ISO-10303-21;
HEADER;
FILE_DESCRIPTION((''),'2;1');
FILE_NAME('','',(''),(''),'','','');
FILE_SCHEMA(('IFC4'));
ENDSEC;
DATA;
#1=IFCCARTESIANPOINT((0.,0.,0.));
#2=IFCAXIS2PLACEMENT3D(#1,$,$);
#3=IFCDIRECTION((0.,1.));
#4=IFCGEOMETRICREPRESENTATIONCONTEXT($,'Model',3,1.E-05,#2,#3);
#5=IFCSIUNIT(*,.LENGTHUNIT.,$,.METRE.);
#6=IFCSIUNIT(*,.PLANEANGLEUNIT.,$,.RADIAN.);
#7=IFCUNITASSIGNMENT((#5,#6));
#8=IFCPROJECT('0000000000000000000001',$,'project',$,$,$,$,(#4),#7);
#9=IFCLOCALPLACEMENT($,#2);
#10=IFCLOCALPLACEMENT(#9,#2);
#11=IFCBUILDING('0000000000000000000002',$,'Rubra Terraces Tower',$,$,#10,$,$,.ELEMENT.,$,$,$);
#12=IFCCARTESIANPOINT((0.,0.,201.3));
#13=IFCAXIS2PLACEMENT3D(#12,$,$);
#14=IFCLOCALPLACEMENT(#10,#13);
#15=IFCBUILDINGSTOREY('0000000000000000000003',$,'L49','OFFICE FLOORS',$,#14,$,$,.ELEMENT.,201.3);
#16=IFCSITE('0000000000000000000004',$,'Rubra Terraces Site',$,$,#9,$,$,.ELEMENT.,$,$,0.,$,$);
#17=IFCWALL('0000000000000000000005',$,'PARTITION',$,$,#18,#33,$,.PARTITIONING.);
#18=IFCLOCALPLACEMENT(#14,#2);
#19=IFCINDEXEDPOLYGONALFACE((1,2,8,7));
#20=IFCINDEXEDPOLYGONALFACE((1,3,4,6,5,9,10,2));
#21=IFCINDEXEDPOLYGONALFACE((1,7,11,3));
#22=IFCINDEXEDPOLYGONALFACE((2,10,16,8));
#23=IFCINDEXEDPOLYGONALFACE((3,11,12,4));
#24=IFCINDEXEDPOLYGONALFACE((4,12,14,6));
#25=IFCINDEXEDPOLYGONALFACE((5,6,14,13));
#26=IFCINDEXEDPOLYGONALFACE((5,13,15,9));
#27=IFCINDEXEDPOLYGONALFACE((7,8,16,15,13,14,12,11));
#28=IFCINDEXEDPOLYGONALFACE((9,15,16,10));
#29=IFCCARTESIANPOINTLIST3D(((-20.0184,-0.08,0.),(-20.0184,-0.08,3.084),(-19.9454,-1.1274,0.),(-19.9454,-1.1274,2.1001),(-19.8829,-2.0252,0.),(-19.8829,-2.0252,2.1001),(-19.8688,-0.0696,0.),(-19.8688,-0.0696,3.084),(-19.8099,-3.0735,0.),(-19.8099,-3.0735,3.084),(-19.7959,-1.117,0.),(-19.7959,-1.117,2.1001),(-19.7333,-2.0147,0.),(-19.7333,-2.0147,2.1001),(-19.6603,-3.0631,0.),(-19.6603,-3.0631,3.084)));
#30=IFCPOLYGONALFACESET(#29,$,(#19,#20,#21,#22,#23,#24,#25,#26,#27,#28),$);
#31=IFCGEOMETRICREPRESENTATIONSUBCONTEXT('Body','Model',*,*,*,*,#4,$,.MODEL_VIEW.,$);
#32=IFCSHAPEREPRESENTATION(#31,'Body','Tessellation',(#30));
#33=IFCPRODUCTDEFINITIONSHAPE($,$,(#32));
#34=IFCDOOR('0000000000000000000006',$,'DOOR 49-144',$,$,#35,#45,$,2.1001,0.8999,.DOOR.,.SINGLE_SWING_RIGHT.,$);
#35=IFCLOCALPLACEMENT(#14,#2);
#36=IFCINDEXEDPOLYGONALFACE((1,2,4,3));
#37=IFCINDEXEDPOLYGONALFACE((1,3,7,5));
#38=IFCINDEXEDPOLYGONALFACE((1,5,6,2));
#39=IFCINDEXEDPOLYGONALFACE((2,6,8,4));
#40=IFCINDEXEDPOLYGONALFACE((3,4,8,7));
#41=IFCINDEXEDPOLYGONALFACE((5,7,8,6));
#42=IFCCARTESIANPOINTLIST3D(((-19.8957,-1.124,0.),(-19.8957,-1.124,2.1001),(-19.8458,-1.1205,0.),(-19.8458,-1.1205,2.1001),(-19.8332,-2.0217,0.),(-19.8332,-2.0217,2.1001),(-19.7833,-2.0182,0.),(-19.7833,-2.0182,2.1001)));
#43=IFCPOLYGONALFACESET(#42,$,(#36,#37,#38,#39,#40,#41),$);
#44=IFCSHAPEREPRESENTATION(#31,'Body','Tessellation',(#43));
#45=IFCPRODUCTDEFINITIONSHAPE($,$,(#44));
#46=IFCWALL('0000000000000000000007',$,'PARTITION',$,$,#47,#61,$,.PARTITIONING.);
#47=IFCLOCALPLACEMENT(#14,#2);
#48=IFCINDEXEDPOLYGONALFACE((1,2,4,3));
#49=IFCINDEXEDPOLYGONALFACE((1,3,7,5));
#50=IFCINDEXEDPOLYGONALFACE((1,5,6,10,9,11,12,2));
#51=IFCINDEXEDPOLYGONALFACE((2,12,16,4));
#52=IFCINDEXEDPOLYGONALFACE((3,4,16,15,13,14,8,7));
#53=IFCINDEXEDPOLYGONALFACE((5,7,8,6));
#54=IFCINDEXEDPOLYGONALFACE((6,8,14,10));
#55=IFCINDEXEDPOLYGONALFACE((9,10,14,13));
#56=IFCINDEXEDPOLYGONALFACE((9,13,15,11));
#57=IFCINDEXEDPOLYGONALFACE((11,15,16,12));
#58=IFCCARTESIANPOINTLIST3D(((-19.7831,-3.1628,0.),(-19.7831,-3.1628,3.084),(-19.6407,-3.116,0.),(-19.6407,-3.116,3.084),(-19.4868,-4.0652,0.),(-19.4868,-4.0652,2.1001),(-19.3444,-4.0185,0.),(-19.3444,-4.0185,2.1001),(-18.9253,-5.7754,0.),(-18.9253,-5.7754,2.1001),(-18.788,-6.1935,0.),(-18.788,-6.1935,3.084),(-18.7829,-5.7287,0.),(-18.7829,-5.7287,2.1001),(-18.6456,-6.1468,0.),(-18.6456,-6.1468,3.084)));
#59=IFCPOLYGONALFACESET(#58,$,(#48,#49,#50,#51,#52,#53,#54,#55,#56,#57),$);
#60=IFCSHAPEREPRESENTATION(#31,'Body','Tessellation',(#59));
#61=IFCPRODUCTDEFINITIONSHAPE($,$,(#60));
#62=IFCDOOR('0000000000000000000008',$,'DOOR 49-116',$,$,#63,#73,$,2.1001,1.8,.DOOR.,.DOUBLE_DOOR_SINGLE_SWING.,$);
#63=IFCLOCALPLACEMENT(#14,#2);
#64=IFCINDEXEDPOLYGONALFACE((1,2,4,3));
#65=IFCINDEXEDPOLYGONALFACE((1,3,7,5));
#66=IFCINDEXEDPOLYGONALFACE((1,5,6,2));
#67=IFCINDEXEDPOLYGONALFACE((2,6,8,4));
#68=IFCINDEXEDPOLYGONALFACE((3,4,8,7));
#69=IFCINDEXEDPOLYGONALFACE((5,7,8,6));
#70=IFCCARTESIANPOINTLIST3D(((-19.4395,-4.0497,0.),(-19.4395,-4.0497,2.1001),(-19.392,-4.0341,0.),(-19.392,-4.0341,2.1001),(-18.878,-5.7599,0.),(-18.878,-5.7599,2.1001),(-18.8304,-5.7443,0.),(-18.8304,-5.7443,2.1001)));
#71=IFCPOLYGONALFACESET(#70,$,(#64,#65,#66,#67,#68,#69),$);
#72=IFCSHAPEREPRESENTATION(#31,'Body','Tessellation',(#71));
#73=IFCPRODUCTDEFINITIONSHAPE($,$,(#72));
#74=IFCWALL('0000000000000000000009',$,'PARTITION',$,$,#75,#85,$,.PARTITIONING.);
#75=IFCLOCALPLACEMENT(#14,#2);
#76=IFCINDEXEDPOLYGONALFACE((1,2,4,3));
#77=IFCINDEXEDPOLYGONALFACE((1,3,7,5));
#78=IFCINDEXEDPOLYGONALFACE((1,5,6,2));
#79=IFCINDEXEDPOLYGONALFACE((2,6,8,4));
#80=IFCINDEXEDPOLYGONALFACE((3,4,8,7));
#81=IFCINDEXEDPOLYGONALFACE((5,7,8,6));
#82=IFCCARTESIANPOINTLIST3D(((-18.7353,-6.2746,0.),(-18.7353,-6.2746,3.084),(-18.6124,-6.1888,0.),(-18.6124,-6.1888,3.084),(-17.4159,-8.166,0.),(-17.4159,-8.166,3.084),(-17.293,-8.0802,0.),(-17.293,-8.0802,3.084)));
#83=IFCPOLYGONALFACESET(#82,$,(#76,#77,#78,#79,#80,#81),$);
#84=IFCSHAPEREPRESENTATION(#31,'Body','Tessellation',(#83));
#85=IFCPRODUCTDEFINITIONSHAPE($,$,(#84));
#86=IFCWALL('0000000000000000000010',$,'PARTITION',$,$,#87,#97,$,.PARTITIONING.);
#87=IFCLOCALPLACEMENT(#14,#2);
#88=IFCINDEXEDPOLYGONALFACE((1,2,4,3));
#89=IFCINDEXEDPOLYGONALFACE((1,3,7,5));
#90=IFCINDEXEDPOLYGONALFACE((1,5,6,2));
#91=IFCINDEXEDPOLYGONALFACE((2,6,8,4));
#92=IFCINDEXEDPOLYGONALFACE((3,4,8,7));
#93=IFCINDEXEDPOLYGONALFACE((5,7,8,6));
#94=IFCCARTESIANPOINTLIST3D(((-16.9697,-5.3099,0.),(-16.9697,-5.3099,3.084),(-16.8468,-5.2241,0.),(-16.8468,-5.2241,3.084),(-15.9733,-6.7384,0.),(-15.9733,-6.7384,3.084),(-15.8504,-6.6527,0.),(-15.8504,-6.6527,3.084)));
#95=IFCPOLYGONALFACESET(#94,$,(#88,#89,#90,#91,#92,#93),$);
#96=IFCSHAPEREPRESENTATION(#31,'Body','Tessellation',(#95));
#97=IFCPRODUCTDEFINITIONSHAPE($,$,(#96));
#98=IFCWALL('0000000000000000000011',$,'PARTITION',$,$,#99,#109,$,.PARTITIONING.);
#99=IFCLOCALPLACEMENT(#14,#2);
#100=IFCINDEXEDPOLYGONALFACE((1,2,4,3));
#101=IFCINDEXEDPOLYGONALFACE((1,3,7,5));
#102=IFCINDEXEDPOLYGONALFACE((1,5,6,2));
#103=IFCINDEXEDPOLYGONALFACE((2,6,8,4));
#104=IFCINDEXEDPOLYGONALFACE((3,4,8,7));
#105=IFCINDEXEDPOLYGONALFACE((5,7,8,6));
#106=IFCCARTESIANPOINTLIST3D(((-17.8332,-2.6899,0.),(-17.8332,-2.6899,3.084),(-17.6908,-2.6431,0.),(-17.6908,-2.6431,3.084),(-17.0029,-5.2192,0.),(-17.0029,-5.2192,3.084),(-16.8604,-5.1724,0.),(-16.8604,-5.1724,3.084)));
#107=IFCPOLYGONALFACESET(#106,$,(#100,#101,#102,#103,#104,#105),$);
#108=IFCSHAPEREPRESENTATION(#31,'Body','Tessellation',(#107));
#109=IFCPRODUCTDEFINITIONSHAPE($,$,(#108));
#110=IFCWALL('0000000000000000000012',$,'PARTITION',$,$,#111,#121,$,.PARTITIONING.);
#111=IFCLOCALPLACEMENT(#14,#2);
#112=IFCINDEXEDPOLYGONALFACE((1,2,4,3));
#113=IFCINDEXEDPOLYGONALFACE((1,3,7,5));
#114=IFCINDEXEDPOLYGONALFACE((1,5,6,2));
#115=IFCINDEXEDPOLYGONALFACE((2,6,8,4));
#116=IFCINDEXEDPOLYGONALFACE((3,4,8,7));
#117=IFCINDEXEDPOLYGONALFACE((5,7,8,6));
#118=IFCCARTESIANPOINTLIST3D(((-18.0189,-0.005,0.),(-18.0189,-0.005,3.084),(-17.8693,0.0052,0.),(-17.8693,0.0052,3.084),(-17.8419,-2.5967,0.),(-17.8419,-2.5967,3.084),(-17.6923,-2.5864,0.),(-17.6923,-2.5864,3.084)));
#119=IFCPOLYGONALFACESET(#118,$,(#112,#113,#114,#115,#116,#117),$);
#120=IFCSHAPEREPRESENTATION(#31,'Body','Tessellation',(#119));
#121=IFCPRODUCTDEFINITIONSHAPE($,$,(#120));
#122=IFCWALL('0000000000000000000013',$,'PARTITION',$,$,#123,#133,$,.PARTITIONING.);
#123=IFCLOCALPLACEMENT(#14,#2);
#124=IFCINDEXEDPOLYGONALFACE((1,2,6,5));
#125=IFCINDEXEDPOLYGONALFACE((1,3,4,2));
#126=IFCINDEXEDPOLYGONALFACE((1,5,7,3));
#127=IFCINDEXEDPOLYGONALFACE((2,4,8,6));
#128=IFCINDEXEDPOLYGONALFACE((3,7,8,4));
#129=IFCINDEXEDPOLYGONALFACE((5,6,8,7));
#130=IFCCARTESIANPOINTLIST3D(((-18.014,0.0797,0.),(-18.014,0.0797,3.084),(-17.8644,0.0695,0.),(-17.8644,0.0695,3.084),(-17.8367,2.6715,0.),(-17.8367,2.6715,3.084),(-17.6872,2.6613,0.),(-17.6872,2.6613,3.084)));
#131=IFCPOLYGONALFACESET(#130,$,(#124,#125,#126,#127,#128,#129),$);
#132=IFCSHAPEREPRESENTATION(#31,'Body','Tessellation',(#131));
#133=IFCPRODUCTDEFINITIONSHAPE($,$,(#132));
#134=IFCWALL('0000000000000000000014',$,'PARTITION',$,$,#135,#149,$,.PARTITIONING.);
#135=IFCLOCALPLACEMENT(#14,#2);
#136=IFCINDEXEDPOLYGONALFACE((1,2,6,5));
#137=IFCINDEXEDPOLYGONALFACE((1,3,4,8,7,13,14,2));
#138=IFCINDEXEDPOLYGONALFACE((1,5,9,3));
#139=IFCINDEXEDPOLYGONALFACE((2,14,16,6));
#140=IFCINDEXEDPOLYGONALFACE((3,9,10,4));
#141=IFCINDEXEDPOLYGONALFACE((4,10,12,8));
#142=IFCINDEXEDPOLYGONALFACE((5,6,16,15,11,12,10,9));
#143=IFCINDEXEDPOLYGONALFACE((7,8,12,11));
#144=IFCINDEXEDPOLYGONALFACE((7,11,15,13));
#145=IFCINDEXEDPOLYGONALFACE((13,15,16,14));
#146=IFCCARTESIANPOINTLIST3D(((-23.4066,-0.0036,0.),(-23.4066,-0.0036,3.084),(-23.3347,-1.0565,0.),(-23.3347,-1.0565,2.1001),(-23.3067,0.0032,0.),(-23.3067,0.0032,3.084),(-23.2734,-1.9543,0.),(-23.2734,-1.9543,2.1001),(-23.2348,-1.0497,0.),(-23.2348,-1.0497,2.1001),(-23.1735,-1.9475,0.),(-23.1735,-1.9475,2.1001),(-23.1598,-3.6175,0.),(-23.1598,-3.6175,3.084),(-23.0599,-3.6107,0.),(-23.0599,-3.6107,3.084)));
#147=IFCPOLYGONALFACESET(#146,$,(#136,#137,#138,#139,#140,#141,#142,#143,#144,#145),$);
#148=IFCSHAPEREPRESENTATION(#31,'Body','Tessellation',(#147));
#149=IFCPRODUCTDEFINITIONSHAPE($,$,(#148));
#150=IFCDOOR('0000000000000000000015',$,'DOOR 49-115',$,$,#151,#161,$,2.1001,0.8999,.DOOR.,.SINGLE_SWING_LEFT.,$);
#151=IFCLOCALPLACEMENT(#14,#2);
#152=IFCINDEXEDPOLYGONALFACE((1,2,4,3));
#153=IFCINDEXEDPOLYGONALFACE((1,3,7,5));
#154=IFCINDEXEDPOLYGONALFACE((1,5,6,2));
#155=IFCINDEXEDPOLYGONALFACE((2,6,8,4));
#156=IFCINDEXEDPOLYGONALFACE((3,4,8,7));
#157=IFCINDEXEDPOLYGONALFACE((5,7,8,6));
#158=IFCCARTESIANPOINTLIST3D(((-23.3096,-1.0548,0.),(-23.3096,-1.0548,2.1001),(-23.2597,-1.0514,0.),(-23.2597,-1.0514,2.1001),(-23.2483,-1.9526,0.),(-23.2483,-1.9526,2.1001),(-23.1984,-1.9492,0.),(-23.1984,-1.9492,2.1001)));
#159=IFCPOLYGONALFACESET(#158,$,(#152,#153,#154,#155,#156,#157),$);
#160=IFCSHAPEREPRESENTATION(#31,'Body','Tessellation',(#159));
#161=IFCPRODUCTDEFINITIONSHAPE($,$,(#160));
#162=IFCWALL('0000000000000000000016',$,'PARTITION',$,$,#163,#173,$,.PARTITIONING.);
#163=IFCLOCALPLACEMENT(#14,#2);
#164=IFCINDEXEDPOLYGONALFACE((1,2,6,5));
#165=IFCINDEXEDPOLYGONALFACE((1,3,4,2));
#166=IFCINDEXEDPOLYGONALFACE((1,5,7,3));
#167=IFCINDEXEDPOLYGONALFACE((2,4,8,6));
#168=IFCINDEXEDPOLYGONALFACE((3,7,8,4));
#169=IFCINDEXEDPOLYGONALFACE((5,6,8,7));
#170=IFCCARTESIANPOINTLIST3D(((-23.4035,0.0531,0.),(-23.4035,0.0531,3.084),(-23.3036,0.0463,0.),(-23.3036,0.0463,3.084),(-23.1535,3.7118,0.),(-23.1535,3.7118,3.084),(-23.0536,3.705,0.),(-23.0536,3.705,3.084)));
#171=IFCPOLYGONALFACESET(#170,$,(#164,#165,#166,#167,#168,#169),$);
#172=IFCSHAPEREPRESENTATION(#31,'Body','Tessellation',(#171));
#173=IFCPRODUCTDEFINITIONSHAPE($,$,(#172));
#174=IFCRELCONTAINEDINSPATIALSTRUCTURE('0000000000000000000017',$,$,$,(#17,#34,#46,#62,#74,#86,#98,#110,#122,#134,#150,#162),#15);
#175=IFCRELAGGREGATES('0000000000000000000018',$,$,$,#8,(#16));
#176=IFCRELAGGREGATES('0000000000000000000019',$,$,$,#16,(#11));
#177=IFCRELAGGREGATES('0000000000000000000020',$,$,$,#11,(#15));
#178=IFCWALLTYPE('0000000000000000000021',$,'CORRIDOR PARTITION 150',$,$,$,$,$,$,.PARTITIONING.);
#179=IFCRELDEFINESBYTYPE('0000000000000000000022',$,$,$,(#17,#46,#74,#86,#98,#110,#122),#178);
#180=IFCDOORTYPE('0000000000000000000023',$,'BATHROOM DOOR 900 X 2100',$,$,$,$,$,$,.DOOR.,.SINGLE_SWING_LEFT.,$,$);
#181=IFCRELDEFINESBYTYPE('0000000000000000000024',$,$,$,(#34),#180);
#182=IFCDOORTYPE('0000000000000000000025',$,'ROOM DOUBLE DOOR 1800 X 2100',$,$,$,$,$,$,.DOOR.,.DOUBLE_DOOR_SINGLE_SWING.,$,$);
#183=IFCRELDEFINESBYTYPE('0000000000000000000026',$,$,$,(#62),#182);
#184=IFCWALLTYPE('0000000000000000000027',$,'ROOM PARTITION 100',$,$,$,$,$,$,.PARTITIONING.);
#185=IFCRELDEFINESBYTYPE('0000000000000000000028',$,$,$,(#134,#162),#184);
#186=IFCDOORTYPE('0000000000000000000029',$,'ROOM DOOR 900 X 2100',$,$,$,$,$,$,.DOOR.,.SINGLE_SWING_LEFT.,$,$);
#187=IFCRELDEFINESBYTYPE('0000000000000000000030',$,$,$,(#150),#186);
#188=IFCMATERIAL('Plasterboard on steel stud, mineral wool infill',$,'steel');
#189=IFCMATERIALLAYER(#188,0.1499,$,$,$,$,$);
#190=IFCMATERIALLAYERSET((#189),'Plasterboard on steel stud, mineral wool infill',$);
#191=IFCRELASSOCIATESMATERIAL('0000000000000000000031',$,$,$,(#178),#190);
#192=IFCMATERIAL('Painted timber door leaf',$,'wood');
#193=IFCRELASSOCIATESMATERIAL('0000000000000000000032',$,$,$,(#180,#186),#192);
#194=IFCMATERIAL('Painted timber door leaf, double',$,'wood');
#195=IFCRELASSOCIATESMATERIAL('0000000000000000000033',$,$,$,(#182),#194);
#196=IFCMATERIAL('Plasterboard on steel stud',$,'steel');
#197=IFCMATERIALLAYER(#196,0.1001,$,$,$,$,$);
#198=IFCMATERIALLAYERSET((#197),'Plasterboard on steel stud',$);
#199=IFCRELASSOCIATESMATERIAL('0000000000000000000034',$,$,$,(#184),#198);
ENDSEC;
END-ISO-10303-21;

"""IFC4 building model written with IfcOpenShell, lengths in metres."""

from ifc_helpers import new_model, si_unit, direction, frame, frame_2d, origin, place, context, subcontext, project, spatial, rectangle, extrude, material, layer, layer_set, type_object, element, fill, save


model = new_model("IFC4")

# Units and contexts
model_context = context("Model", 3, precision=1e-05, world=origin(), true_north=direction((0.0, 1.0)))
body_context = subcontext(model_context, "Body", "Model", "MODEL_VIEW")
ifc_project = project(units=[si_unit("LENGTHUNIT", "METRE"), si_unit("PLANEANGLEUNIT", "RADIAN")], contexts=[model_context])

# Site, building, storey
site_placement = place(None, origin())
site = spatial("IfcSite", under=ifc_project, at=site_placement, Name="Rubra Terraces Site", CompositionType="ELEMENT", RefElevation=0.0)
building_placement = place(site_placement, origin())
building = spatial("IfcBuilding", under=site, at=building_placement, Name="Rubra Terraces Tower", CompositionType="ELEMENT")
storey_placement = place(building_placement, frame((0.0, 0.0, 201.3)))
storey = spatial("IfcBuildingStorey", under=building, at=storey_placement, Name="L49", Description="OFFICE FLOORS", CompositionType="ELEMENT", Elevation=201.3)

# Walls, openings, doors
ifc_material_1 = material(Name="Plasterboard on steel stud, mineral wool infill", Category="steel")
ifc_layer_1 = layer(ifc_material_1, 0.1499)
ifc_layer_set_1 = layer_set([ifc_layer_1], Name="Plasterboard on steel stud, mineral wool infill")
wall_type_1 = type_object("IfcWallType", Name="CORRIDOR PARTITION 150", PredefinedType="PARTITIONING", material=ifc_layer_set_1)
wall_1_placement = place(storey_placement, frame((-19.9436, -0.0747, 0.0), z_axis=(0.0, 0.0, 1.0), x_axis=(0.069483, -0.997583, 0.0)))
wall_1 = element("IfcWall", 1, at=wall_1_placement, inside=storey, type_object=wall_type_1, Name="PARTITION", PredefinedType="PARTITIONING", context=body_context, shape_type="SweptSolid", body=[
    extrude(rectangle(XDim=3.0007, YDim=0.1499, at=frame_2d((1.5005, 0.0))), origin(), (0.0, 0.0, 1.0), 3.084),
])
opening_1_placement = place(wall_1_placement, frame((1.05, 0.0, 0.0)))
opening_1 = element("IfcOpeningElement", 2, at=opening_1_placement, cuts=wall_1, PredefinedType="OPENING", context=body_context, shape_type="SweptSolid", body=[
    extrude(rectangle(XDim=0.8999, YDim=2.1001, at=frame_2d((0.45, 1.05))), frame((0.0, 0.085, 0.0), z_axis=(0.0, -1.0, 0.0), x_axis=(1.0, 0.0, 0.0)), (0.0, 0.0, 1.0), 0.1699),
])
ifc_material_2 = material(Name="Painted timber door leaf", Category="wood")
door_type_1 = type_object("IfcDoorType", Name="BATHROOM DOOR 900 X 2100", OperationType="SINGLE_SWING_LEFT", PredefinedType="DOOR", material=ifc_material_2)
door_1_placement = place(opening_1_placement, origin())
door_1 = element("IfcDoor", 3, at=door_1_placement, inside=storey, type_object=door_type_1, Name="DOOR 49-144", OperationType="SINGLE_SWING_RIGHT", OverallHeight=2.1001, OverallWidth=0.8999, PredefinedType="DOOR", context=body_context, shape_type="SweptSolid", body=[
    extrude(rectangle(XDim=0.8999, YDim=2.1001, at=frame_2d((0.45, 1.05))), frame((0.0, 0.0249, 0.0), z_axis=(0.0, -1.0, 0.0), x_axis=(1.0, 0.0, 0.0)), (0.0, 0.0, 1.0), 0.05),
])
fill(opening_1, door_1)
wall_2_placement = place(storey_placement, frame((-19.7119, -3.1394, 0.0), z_axis=(0.0, 0.0, 1.0), x_axis=(0.311954, -0.950097, 0.0)))
wall_2 = element("IfcWall", 4, at=wall_2_placement, inside=storey, type_object=wall_type_1, Name="PARTITION", PredefinedType="PARTITIONING", context=body_context, shape_type="SweptSolid", body=[
    extrude(rectangle(XDim=3.1899, YDim=0.1499, at=frame_2d((1.595, 0.0))), origin(), (0.0, 0.0, 1.0), 3.084),
])
opening_2_placement = place(wall_2_placement, frame((0.95, 0.0, 0.0)))
opening_2 = element("IfcOpeningElement", 5, at=opening_2_placement, cuts=wall_2, PredefinedType="OPENING", context=body_context, shape_type="SweptSolid", body=[
    extrude(rectangle(XDim=1.8, YDim=2.1001, at=frame_2d((0.8999, 1.05))), frame((0.0, 0.085, 0.0), z_axis=(0.0, -1.0, 0.0), x_axis=(1.0, 0.0, 0.0)), (0.0, 0.0, 1.0), 0.1699),
])
ifc_material_3 = material(Name="Painted timber door leaf, double", Category="wood")
door_type_2 = type_object("IfcDoorType", Name="ROOM DOUBLE DOOR 1800 X 2100", OperationType="DOUBLE_DOOR_SINGLE_SWING", PredefinedType="DOOR", material=ifc_material_3)
door_2_placement = place(opening_2_placement, origin())
door_2 = element("IfcDoor", 6, at=door_2_placement, inside=storey, type_object=door_type_2, Name="DOOR 49-116", OperationType="DOUBLE_DOOR_SINGLE_SWING", OverallHeight=2.1001, OverallWidth=1.8, PredefinedType="DOOR", context=body_context, shape_type="SweptSolid", body=[
    extrude(rectangle(XDim=1.8, YDim=2.1001, at=frame_2d((0.8999, 1.05))), frame((0.0, 0.0249, 0.0), z_axis=(0.0, -1.0, 0.0), x_axis=(1.0, 0.0, 0.0)), (0.0, 0.0, 1.0), 0.05),
])
fill(opening_2, door_2)

# Walls
wall_3_placement = place(storey_placement, frame((-18.6738, -6.2317, 0.0), z_axis=(0.0, 0.0, 1.0), x_axis=(0.572119, -0.820171, 0.0)))
element("IfcWall", 7, at=wall_3_placement, inside=storey, type_object=wall_type_1, Name="PARTITION", PredefinedType="PARTITIONING", context=body_context, shape_type="SweptSolid", body=[
    extrude(rectangle(XDim=2.3062, YDim=0.1499, at=frame_2d((1.1531, 0.0))), origin(), (0.0, 0.0, 1.0), 3.084),
])
wall_4_placement = place(storey_placement, frame((-15.9119, -6.6956, 0.0), z_axis=(0.0, 0.0, 1.0), x_axis=(-0.572079, 0.820199, 0.0)))
element("IfcWall", 8, at=wall_4_placement, inside=storey, type_object=wall_type_1, Name="PARTITION", PredefinedType="PARTITIONING", context=body_context, shape_type="SweptSolid", body=[
    extrude(rectangle(XDim=1.7417, YDim=0.1499, at=frame_2d((0.8708, 0.0))), origin(), (0.0, 0.0, 1.0), 3.084),
])
wall_5_placement = place(storey_placement, frame((-16.9316, -5.1958, 0.0), z_axis=(0.0, 0.0, 1.0), x_axis=(-0.311905, 0.950113, 0.0)))
element("IfcWall", 9, at=wall_5_placement, inside=storey, type_object=wall_type_1, Name="PARTITION", PredefinedType="PARTITIONING", context=body_context, shape_type="SweptSolid", body=[
    extrude(rectangle(XDim=2.6621, YDim=0.1499, at=frame_2d((1.3311, 0.0))), origin(), (0.0, 0.0, 1.0), 3.084),
])
wall_6_placement = place(storey_placement, frame((-17.7671, -2.5916, 0.0), z_axis=(0.0, 0.0, 1.0), x_axis=(-0.068141, 0.997676, 0.0)))
element("IfcWall", 10, at=wall_6_placement, inside=storey, type_object=wall_type_1, Name="PARTITION", PredefinedType="PARTITIONING", context=body_context, shape_type="SweptSolid", body=[
    extrude(rectangle(XDim=2.5977, YDim=0.1499, at=frame_2d((1.2988, 0.0))), origin(), (0.0, 0.0, 1.0), 3.084),
])
wall_7_placement = place(storey_placement, frame((-17.9392, 0.0747, 0.0), z_axis=(0.0, 0.0, 1.0), x_axis=(0.068228, 0.99767, 0.0)))
element("IfcWall", 11, at=wall_7_placement, inside=storey, type_object=wall_type_1, Name="PARTITION", PredefinedType="PARTITIONING", context=body_context, shape_type="SweptSolid", body=[
    extrude(rectangle(XDim=2.5979, YDim=0.1499, at=frame_2d((1.2988, 0.0))), origin(), (0.0, 0.0, 1.0), 3.084),
])

# Wall, opening, door
ifc_material_4 = material(Name="Plasterboard on steel stud", Category="steel")
ifc_layer_2 = layer(ifc_material_4, 0.1001)
ifc_layer_set_2 = layer_set([ifc_layer_2], Name="Plasterboard on steel stud")
wall_type_2 = type_object("IfcWallType", Name="ROOM PARTITION 100", PredefinedType="PARTITIONING", material=ifc_layer_set_2)
wall_8_placement = place(storey_placement, frame((-23.1099, -3.614, 0.0), z_axis=(0.0, 0.0, 1.0), x_axis=(-0.068138, 0.997676, 0.0)))
wall_8 = element("IfcWall", 12, at=wall_8_placement, inside=storey, type_object=wall_type_2, Name="PARTITION", PredefinedType="PARTITIONING", context=body_context, shape_type="SweptSolid", body=[
    extrude(rectangle(XDim=3.6223, YDim=0.1001, at=frame_2d((1.811, 0.0))), origin(), (0.0, 0.0, 1.0), 3.084),
])
opening_3_placement = place(wall_8_placement, frame((1.667, 0.0, 0.0)))
opening_3 = element("IfcOpeningElement", 13, at=opening_3_placement, cuts=wall_8, PredefinedType="OPENING", context=body_context, shape_type="SweptSolid", body=[
    extrude(rectangle(XDim=0.8999, YDim=2.1001, at=frame_2d((0.45, 1.05))), frame((0.0, 0.0601, 0.0), z_axis=(0.0, -1.0, 0.0), x_axis=(1.0, 0.0, 0.0)), (0.0, 0.0, 1.0), 0.1201),
])
door_type_3 = type_object("IfcDoorType", Name="ROOM DOOR 900 X 2100", OperationType="SINGLE_SWING_LEFT", PredefinedType="DOOR", material=ifc_material_2)
door_3_placement = place(opening_3_placement, origin())
door_3 = element("IfcDoor", 14, at=door_3_placement, inside=storey, type_object=door_type_3, Name="DOOR 49-115", OperationType="SINGLE_SWING_LEFT", OverallHeight=2.1001, OverallWidth=0.8999, PredefinedType="DOOR", context=body_context, shape_type="SweptSolid", body=[
    extrude(rectangle(XDim=0.8999, YDim=2.1001, at=frame_2d((0.45, 1.05))), frame((0.0, 0.0249, 0.0), z_axis=(0.0, -1.0, 0.0), x_axis=(1.0, 0.0, 0.0)), (0.0, 0.0, 1.0), 0.05),
])
fill(opening_3, door_3)

# Wall
wall_9_placement = place(storey_placement, frame((-23.3535, 0.0498, 0.0), z_axis=(0.0, 0.0, 1.0), x_axis=(0.068171, 0.997674, 0.0)))
element("IfcWall", 15, at=wall_9_placement, inside=storey, type_object=wall_type_2, Name="PARTITION", PredefinedType="PARTITIONING", context=body_context, shape_type="SweptSolid", body=[
    extrude(rectangle(XDim=3.6672, YDim=0.1001, at=frame_2d((1.8335, 0.0))), origin(), (0.0, 0.0, 1.0), 3.084),
])

save(model, "model.ifc")
